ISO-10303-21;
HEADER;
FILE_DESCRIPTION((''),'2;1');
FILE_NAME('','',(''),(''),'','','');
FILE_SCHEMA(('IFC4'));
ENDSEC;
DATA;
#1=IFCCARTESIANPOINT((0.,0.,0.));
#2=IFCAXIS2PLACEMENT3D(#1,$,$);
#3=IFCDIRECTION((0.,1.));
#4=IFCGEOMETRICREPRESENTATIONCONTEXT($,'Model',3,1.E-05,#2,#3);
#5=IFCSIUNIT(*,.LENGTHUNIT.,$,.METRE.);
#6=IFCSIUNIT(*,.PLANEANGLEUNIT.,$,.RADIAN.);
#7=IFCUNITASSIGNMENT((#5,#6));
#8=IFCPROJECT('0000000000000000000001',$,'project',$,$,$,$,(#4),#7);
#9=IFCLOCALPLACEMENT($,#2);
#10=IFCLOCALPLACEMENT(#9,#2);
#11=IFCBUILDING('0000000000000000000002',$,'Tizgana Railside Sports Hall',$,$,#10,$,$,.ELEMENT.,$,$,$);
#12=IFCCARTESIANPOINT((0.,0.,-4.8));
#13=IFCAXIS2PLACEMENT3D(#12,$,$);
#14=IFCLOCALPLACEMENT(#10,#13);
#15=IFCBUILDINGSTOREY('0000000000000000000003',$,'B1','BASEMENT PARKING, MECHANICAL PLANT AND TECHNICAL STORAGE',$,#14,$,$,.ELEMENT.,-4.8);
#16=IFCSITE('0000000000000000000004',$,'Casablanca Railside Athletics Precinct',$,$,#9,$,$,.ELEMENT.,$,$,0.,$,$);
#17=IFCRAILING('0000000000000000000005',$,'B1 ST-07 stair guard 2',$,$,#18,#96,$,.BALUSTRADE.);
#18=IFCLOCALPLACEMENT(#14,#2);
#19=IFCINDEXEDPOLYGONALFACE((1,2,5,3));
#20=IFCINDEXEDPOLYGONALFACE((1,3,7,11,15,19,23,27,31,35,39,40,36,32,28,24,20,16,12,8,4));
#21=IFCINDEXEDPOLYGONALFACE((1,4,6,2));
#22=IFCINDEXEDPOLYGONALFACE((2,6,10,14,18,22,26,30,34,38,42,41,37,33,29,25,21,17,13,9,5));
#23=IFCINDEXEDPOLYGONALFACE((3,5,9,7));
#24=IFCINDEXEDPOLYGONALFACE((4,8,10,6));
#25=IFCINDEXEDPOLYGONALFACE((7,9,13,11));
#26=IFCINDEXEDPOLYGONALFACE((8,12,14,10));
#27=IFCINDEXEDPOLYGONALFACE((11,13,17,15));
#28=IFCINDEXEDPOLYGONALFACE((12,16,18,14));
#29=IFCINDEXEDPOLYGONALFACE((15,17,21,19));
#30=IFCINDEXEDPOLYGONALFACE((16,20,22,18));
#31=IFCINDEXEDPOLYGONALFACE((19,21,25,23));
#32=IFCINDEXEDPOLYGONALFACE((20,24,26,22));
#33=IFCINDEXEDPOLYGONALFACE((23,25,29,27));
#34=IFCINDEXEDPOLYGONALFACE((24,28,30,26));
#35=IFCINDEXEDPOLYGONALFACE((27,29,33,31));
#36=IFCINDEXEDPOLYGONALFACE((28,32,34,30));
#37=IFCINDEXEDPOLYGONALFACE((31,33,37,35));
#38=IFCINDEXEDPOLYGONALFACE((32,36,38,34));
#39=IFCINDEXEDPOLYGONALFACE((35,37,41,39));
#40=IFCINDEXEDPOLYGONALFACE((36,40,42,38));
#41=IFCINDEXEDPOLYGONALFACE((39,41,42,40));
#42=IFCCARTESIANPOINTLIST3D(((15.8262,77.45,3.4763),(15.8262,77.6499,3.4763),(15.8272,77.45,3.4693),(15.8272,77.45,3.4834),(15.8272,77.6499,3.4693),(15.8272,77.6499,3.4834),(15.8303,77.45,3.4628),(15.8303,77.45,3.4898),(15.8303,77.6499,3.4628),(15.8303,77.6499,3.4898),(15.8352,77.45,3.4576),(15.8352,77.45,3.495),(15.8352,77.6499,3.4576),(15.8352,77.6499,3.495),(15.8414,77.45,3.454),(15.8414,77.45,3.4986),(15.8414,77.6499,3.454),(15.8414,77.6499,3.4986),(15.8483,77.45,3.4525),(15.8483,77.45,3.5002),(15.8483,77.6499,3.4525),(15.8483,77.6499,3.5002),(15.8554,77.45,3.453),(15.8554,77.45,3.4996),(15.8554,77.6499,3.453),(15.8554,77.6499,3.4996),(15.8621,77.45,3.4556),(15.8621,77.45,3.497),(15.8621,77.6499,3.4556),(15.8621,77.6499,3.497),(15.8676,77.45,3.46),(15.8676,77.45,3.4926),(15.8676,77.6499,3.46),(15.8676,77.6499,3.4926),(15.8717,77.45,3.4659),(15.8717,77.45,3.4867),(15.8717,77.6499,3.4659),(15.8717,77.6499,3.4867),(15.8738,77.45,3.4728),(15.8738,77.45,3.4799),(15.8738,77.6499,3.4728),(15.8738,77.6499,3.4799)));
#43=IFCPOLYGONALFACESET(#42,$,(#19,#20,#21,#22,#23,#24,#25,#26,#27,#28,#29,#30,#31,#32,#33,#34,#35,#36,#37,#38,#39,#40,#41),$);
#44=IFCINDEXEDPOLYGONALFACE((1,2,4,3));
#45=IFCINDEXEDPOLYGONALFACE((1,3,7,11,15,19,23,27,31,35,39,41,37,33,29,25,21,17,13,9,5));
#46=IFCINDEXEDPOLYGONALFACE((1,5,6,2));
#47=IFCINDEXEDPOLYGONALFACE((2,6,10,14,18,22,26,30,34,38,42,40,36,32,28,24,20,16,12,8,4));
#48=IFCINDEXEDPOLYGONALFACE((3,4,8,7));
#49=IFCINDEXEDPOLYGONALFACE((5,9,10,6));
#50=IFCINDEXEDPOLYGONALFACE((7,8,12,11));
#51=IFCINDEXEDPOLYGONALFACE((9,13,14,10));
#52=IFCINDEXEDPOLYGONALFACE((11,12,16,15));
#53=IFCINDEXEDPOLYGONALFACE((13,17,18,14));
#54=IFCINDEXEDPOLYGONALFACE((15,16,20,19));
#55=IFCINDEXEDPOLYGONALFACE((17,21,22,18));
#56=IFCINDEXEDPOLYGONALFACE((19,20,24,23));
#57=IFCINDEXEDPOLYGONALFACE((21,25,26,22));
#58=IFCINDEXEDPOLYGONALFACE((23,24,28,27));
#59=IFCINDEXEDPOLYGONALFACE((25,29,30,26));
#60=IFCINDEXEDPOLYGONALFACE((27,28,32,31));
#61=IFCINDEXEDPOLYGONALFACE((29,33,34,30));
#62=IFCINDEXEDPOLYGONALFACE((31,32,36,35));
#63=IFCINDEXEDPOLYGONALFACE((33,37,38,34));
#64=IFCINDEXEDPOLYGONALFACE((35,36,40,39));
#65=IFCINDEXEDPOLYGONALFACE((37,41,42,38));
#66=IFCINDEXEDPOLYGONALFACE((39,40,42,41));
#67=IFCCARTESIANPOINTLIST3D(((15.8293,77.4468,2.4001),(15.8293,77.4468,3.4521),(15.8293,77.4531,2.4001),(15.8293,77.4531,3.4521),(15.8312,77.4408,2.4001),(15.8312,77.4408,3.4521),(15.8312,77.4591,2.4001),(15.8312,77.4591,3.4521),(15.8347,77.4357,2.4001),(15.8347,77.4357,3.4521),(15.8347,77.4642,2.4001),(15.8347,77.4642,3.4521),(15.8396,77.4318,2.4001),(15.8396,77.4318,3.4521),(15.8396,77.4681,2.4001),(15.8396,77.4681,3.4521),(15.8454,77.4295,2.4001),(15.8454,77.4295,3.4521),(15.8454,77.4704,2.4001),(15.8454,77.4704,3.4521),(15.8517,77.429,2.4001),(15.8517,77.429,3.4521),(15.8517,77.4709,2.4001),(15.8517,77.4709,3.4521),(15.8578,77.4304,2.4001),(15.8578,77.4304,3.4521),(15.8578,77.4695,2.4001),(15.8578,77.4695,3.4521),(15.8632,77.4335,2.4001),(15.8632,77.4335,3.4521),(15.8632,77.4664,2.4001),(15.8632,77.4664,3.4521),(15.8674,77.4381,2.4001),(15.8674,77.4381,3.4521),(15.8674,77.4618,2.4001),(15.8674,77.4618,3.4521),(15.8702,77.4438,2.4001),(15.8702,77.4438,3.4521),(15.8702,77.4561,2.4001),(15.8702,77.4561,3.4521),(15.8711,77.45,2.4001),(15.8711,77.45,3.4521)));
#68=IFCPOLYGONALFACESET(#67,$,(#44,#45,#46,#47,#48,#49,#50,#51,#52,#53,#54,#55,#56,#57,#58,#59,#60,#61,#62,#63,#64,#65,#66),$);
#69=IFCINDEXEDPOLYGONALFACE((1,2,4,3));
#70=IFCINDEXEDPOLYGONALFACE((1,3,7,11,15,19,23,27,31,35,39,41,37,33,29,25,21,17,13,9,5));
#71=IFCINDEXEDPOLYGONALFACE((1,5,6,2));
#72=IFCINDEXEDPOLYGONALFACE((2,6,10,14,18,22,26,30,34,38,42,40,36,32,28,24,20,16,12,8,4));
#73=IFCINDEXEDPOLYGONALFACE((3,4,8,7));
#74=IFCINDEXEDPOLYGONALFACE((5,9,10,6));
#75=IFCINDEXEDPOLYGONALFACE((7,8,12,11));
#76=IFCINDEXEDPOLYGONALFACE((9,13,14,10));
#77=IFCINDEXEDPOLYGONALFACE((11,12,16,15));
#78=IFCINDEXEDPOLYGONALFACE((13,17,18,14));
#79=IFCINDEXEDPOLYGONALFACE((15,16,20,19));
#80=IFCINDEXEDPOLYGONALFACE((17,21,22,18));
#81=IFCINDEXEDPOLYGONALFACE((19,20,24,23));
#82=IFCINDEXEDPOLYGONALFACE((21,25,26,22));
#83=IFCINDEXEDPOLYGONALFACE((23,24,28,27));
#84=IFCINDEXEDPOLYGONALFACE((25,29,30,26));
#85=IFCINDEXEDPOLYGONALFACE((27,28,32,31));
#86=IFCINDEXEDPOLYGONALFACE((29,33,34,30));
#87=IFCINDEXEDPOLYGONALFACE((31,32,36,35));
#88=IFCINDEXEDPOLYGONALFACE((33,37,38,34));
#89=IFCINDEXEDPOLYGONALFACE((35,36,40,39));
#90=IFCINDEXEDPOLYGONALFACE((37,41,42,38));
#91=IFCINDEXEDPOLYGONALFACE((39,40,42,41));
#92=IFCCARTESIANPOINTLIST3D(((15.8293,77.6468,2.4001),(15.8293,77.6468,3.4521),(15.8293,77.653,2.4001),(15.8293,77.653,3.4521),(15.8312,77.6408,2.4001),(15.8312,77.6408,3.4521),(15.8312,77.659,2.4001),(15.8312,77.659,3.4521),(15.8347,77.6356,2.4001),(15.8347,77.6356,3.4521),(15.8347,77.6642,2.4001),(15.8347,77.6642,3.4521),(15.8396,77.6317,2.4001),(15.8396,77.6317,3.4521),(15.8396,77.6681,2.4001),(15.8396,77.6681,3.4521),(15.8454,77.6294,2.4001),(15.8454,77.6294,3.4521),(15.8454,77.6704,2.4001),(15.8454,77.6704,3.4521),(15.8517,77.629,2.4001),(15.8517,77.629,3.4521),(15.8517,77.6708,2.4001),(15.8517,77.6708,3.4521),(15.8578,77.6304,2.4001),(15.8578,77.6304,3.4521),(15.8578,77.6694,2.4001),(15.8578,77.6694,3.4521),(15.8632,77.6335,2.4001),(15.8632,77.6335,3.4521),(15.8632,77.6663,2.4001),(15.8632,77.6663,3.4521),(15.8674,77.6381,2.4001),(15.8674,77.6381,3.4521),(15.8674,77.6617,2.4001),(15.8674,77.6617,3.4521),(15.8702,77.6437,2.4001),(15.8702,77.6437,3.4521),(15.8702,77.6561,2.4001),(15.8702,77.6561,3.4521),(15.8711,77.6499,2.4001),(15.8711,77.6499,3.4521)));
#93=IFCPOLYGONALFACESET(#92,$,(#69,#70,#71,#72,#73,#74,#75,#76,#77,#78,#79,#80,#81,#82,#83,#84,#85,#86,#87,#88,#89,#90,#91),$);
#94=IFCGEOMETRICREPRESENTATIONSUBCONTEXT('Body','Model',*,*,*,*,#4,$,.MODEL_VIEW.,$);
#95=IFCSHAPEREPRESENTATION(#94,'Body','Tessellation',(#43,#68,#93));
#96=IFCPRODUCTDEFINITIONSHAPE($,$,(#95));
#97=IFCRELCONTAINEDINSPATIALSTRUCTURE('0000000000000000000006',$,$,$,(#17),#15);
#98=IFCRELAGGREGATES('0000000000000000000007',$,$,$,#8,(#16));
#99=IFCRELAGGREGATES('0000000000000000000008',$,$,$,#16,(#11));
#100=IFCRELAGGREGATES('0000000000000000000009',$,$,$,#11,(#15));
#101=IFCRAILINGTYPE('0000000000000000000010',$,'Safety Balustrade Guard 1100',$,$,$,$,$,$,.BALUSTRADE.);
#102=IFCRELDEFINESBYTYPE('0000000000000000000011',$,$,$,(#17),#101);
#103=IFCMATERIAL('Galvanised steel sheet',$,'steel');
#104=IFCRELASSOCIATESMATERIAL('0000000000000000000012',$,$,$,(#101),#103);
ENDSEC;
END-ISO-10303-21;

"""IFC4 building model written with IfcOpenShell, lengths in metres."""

from ifc_helpers import new_model, si_unit, direction, frame, origin, origin_2d, place, context, subcontext, project, spatial, circle, extrude, material, type_object, element, save


model = new_model("IFC4")

# Units and contexts
model_context = context("Model", 3, precision=1e-05, world=origin(), true_north=direction((0.0, 1.0)))
body_context = subcontext(model_context, "Body", "Model", "MODEL_VIEW")
ifc_project = project(units=[si_unit("LENGTHUNIT", "METRE"), si_unit("PLANEANGLEUNIT", "RADIAN")], contexts=[model_context])

# Site, building, storey
site_placement = place(None, origin())
site = spatial("IfcSite", under=ifc_project, at=site_placement, Name="Casablanca Railside Athletics Precinct", CompositionType="ELEMENT", RefElevation=0.0)
building_placement = place(site_placement, origin())
building = spatial("IfcBuilding", under=site, at=building_placement, Name="Tizgana Railside Sports Hall", CompositionType="ELEMENT")
storey_placement = place(building_placement, frame((0.0, 0.0, -4.8)))
storey = spatial("IfcBuildingStorey", under=building, at=storey_placement, Name="B1", Description="BASEMENT PARKING, MECHANICAL PLANT AND TECHNICAL STORAGE", CompositionType="ELEMENT", Elevation=-4.8)

# Railing
ifc_material_1 = material(Name="Galvanised steel sheet", Category="steel")
railing_type_1 = type_object("IfcRailingType", Name="Safety Balustrade Guard 1100", PredefinedType="BALUSTRADE", material=ifc_material_1)
railing_1_placement = place(storey_placement, frame((15.8501, 77.45, 2.4001)))
element("IfcRailing", 1, at=railing_1_placement, inside=storey, type_object=railing_type_1, Name="B1 ST-07 stair guard 2", PredefinedType="BALUSTRADE", context=body_context, shape_type="SweptSolid", body=[
    extrude(circle(Radius=0.0239, at=origin_2d()), frame((0.0, 0.0, 1.0762), z_axis=(0.0, 1.0, 0.0), x_axis=(-1.0, 0.0, 0.0)), (0.0, 0.0, 1.0), 0.2),
    extrude(circle(Radius=0.021, at=origin_2d()), origin(), (0.0, 0.0, 1.0), 1.052),
    extrude(circle(Radius=0.021, at=origin_2d()), frame((0.0, 0.2, 0.0)), (0.0, 0.0, 1.0), 1.052),
])

save(model, "model.ifc")
